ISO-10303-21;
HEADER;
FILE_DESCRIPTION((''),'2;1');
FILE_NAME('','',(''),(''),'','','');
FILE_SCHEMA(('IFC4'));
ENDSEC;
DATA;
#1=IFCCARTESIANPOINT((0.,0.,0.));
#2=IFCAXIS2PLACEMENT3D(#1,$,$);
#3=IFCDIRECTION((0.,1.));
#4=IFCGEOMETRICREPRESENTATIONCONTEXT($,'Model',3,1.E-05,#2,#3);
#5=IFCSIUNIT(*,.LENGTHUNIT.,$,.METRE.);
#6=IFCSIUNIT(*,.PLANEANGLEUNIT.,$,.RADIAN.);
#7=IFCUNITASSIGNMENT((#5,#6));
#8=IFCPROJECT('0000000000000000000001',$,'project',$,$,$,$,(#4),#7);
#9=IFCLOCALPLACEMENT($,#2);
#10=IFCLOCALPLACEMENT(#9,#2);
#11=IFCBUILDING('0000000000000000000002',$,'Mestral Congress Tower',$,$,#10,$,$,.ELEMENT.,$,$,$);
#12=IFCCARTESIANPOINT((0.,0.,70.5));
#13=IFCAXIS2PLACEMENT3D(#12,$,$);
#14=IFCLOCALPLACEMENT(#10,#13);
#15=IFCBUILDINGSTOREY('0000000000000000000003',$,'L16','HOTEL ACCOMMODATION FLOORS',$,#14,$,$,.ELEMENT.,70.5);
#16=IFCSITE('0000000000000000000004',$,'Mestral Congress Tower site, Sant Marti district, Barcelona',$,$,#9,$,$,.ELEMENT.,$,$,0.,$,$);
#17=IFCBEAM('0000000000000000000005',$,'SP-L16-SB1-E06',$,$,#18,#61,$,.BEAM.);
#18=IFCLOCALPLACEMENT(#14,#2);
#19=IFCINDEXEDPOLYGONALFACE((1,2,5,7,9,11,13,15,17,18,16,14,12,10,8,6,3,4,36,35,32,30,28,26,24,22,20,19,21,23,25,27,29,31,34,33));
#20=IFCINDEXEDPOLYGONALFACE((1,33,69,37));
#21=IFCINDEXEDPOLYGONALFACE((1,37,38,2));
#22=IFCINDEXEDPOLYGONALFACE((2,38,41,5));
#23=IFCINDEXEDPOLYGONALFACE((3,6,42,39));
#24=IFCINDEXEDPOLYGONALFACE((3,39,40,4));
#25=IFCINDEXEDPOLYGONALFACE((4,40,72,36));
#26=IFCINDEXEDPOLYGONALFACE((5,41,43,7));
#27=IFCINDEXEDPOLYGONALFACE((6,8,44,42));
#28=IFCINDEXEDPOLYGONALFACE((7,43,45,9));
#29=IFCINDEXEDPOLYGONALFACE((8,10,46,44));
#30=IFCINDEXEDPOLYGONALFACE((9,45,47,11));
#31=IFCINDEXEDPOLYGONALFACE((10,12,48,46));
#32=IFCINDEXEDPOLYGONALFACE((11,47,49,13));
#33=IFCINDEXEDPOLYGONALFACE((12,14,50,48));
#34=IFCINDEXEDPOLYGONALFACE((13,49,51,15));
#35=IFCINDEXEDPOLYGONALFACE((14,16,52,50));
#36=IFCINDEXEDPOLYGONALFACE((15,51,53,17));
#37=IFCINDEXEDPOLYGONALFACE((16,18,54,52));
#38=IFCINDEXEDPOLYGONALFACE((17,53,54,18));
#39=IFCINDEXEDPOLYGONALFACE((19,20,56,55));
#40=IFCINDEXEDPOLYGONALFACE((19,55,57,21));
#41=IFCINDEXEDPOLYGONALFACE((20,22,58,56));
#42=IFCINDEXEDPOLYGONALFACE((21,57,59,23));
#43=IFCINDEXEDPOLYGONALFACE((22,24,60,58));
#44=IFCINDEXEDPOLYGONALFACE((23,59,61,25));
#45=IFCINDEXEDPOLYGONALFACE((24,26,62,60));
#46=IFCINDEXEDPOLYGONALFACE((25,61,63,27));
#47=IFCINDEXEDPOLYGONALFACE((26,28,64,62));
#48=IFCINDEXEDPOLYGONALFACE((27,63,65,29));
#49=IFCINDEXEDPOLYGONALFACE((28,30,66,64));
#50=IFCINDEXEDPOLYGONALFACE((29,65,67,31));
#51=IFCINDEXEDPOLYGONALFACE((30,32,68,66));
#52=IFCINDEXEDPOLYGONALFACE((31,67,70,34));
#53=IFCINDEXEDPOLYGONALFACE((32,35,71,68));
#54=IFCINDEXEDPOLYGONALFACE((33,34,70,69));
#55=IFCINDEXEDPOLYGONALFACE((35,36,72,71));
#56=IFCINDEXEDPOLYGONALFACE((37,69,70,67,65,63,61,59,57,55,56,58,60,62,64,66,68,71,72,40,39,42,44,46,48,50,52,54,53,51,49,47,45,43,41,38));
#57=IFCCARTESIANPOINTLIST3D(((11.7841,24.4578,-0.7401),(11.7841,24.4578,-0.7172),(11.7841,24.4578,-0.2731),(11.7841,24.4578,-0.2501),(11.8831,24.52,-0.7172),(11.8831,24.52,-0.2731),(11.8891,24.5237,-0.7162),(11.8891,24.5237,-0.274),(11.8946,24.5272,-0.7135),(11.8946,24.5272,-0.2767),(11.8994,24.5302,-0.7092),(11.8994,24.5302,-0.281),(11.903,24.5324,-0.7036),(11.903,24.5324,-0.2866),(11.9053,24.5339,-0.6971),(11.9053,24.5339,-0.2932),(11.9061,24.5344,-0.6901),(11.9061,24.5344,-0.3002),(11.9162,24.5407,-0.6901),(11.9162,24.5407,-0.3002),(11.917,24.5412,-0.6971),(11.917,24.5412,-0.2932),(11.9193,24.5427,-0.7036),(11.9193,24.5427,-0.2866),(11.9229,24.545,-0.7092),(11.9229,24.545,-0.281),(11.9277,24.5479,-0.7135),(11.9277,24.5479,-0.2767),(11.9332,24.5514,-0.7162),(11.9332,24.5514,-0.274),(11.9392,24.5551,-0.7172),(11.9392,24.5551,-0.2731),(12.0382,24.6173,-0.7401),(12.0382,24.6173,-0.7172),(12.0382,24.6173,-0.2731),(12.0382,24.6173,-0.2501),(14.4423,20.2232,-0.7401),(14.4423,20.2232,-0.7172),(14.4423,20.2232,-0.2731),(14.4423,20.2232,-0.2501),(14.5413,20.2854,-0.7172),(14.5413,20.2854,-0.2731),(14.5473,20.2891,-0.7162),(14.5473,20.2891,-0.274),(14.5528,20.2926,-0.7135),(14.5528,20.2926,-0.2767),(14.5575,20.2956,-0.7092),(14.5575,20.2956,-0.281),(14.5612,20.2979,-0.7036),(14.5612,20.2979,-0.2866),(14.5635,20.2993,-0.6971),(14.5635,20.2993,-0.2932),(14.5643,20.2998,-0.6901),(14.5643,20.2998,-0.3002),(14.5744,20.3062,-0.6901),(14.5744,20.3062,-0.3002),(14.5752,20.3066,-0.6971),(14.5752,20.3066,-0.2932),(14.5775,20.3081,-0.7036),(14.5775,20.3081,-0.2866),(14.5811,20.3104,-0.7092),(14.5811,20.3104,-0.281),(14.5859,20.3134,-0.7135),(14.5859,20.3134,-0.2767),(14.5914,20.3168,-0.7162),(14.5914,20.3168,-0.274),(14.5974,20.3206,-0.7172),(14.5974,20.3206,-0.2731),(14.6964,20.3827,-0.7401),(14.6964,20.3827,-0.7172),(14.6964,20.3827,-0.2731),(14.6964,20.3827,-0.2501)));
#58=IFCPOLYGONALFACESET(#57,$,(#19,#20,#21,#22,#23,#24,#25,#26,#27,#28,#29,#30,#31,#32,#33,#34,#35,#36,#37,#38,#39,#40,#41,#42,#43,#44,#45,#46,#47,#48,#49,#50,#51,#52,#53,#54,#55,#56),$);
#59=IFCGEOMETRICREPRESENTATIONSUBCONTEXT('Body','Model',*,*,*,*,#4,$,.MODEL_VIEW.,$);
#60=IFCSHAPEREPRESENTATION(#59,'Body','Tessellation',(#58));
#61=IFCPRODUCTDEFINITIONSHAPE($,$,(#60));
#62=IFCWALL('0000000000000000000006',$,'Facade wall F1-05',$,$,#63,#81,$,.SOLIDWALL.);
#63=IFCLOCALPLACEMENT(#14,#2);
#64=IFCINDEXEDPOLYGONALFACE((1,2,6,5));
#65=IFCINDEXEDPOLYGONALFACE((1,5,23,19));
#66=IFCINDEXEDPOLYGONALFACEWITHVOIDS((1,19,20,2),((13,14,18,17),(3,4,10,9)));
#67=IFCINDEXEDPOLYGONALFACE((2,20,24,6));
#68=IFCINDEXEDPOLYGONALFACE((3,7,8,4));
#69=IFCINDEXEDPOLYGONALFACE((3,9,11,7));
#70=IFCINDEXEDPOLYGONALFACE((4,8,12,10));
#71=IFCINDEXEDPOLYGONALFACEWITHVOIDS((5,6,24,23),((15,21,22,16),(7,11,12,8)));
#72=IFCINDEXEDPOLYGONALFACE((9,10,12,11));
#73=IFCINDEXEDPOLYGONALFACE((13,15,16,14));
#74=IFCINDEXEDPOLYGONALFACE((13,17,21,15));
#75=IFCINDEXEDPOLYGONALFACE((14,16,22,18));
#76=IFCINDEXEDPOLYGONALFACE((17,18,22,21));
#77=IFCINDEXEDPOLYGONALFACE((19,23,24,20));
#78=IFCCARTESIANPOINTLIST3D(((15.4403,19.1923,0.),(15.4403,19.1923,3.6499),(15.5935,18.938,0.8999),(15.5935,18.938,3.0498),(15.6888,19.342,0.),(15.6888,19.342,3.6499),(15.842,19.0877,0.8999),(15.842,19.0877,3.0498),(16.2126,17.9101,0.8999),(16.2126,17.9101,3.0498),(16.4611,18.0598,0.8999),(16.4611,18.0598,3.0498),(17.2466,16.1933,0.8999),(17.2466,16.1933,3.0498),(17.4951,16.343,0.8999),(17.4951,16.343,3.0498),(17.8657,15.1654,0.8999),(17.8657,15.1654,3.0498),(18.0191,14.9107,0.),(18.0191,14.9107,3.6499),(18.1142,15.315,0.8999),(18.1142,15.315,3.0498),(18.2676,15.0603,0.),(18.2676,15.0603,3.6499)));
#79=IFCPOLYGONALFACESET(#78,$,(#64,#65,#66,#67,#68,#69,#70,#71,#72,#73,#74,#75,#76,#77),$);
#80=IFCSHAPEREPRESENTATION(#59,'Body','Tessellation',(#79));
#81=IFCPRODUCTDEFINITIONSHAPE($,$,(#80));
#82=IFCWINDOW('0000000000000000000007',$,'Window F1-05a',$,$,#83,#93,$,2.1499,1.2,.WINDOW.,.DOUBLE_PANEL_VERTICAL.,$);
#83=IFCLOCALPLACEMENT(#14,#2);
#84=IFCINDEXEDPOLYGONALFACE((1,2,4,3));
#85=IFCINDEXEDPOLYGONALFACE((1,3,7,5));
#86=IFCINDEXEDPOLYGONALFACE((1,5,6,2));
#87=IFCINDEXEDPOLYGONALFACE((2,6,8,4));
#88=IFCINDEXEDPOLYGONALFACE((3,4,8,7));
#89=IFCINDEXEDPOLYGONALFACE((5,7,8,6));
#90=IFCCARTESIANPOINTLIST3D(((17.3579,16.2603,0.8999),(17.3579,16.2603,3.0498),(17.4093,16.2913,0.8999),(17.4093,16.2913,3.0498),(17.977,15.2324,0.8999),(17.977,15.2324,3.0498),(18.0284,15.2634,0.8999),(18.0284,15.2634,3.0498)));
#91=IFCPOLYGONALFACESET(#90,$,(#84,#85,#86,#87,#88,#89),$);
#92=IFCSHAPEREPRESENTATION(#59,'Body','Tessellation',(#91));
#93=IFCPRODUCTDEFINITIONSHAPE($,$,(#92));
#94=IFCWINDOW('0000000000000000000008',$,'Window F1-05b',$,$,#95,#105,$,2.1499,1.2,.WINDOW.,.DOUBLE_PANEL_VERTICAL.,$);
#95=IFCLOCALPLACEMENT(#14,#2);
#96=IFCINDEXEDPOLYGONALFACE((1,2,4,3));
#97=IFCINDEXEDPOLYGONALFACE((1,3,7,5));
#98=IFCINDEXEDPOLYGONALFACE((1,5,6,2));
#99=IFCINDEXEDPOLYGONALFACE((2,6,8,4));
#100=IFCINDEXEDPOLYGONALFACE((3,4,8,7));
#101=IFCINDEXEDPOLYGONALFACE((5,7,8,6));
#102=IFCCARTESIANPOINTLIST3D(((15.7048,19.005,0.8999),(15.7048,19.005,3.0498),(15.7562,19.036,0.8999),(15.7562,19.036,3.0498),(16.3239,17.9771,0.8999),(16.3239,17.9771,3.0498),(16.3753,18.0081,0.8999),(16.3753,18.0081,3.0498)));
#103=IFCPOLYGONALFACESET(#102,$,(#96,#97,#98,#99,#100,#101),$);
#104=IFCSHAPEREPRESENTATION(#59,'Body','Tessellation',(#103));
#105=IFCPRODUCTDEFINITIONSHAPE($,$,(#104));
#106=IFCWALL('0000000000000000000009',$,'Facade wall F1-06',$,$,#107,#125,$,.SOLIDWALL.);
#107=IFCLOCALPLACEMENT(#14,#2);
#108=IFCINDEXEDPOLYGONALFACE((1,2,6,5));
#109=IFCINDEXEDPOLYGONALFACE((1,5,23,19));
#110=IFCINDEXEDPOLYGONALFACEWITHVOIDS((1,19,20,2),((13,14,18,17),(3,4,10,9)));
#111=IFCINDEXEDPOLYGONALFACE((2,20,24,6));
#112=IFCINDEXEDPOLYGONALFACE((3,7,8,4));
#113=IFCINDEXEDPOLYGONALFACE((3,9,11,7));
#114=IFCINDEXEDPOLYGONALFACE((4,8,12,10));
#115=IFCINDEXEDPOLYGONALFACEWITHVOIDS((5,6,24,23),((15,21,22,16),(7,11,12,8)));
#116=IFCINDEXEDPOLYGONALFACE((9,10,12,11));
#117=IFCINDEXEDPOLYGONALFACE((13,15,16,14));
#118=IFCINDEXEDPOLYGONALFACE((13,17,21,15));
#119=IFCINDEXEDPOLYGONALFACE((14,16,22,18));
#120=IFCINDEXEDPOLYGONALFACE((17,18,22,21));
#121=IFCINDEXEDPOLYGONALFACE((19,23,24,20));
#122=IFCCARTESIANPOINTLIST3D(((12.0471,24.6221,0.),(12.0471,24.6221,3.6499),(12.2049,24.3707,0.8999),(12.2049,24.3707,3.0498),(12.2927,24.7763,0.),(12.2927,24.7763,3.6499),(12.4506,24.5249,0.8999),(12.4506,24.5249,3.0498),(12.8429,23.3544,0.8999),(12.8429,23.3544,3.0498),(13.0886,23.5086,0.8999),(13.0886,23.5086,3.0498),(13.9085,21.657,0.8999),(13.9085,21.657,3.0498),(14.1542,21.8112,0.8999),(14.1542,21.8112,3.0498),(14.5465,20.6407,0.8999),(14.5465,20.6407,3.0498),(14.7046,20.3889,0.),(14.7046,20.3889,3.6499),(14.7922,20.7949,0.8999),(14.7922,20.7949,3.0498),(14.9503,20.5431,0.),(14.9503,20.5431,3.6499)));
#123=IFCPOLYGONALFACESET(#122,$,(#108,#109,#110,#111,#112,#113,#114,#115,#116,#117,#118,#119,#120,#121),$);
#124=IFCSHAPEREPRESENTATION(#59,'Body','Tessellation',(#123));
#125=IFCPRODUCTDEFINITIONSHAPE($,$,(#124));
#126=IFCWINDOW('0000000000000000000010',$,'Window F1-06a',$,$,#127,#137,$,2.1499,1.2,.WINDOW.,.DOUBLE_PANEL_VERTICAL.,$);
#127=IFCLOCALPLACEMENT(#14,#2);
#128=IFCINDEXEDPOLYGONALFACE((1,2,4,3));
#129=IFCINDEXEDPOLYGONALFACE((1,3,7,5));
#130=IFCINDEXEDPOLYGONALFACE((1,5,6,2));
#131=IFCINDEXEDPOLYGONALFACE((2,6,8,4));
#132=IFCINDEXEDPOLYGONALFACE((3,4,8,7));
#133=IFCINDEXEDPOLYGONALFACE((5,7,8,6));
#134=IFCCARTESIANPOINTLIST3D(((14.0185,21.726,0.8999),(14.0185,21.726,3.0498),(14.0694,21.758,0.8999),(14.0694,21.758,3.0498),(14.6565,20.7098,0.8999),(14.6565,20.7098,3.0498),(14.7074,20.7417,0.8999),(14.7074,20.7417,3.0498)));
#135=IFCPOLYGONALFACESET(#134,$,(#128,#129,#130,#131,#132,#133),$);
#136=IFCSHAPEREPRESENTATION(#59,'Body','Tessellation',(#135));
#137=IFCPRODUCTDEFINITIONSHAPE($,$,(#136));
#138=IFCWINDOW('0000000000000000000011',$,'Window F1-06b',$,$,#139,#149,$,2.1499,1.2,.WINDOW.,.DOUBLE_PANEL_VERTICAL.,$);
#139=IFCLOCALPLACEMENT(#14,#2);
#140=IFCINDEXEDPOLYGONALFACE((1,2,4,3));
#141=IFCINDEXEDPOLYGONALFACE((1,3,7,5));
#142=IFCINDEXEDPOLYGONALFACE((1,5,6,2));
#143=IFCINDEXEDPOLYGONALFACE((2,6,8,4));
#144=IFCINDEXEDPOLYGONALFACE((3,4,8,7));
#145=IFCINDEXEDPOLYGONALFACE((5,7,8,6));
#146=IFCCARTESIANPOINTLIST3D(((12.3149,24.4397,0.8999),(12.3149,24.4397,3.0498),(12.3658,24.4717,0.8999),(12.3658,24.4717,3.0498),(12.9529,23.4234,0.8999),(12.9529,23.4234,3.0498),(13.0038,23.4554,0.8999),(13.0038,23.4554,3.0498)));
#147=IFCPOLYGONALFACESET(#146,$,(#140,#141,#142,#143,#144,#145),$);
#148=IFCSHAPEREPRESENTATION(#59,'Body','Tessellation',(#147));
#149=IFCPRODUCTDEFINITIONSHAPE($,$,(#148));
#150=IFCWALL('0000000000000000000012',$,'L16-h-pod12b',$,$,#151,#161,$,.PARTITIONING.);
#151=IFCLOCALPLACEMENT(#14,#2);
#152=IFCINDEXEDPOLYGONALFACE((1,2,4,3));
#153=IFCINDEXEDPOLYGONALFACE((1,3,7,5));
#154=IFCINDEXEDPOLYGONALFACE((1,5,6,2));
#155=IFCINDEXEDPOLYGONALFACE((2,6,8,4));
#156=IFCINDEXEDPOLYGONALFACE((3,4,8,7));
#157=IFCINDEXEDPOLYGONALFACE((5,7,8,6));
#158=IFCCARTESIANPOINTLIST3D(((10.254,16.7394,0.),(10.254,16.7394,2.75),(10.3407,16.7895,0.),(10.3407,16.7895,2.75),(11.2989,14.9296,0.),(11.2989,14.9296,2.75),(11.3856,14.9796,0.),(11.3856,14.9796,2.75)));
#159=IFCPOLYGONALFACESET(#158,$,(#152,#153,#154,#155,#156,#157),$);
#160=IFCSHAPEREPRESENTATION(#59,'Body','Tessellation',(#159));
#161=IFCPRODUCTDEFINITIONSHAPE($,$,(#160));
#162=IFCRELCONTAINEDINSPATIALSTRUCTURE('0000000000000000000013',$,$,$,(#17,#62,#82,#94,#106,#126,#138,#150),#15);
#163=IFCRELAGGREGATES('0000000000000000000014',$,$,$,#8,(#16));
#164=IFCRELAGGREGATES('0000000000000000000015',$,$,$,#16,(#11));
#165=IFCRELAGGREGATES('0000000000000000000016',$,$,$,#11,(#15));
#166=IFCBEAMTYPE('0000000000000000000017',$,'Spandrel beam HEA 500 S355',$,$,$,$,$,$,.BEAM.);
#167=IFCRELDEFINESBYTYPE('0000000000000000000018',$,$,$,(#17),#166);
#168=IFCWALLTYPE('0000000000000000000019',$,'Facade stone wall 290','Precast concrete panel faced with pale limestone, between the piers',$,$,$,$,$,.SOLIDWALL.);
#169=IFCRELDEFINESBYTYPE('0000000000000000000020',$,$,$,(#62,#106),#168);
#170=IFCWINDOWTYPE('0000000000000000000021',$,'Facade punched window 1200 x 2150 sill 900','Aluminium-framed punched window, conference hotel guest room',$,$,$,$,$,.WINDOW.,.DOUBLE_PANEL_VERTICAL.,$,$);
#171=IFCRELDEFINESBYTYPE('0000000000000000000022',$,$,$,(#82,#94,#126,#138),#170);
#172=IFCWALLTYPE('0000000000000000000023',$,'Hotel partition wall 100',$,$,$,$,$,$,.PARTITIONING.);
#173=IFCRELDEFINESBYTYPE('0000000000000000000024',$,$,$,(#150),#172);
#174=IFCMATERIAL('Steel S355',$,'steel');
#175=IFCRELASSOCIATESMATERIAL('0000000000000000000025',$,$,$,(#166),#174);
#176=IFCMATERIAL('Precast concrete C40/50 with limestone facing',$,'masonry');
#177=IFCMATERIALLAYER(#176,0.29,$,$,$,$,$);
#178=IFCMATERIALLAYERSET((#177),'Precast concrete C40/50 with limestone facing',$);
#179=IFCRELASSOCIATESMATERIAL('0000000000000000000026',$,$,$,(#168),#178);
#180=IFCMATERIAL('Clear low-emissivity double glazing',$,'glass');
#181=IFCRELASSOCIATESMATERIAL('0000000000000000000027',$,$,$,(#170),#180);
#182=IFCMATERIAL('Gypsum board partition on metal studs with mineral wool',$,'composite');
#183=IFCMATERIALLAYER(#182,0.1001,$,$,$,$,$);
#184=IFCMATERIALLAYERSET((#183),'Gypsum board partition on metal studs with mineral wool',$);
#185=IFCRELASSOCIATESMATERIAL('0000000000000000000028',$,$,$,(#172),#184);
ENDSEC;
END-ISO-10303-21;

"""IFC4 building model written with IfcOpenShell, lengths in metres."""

from ifc_helpers import new_model, si_unit, direction, frame, frame_2d, origin, origin_2d, place, context, subcontext, project, spatial, rectangle, i_section, extrude, material, layer, layer_set, material_profile, profile_set, type_object, element, fill, save


model = new_model("IFC4")

# Units and contexts
model_context = context("Model", 3, precision=1e-05, world=origin(), true_north=direction((0.0, 1.0)))
body_context = subcontext(model_context, "Body", "Model", "MODEL_VIEW")
ifc_project = project(units=[si_unit("LENGTHUNIT", "METRE"), si_unit("PLANEANGLEUNIT", "RADIAN")], contexts=[model_context])

# Site, building, storey
site_placement = place(None, origin())
site = spatial("IfcSite", under=ifc_project, at=site_placement, Name="Mestral Congress Tower site, Sant Marti district, Barcelona", CompositionType="ELEMENT", RefElevation=0.0)
building_placement = place(site_placement, origin())
building = spatial("IfcBuilding", under=site, at=building_placement, Name="Mestral Congress Tower", CompositionType="ELEMENT")
storey_placement = place(building_placement, frame((0.0, 0.0, 70.5)))
storey = spatial("IfcBuildingStorey", under=building, at=storey_placement, Name="L16", Description="HOTEL ACCOMMODATION FLOORS", CompositionType="ELEMENT", Elevation=70.5)

# Beam
ifc_material_1 = material(Name="Steel S355", Category="steel")
ifc_material_profile_1 = material_profile(ifc_material_1, i_section(OverallWidth=0.3, OverallDepth=0.49, WebThickness=0.012, FlangeThickness=0.0229, FilletRadius=0.0271, at=origin_2d()), Name="HEA 500")
ifc_profile_set_1 = profile_set([ifc_material_profile_1], Name="Steel S355")
beam_type_1 = type_object("IfcBeamType", Name="Spandrel beam HEA 500 S355", PredefinedType="BEAM", material=ifc_profile_set_1)
for number, where, z_axis, x_axis, name in (
    (1, (14.5693, 20.303, -0.4951), (-0.531661, 0.846957, 0.0), (-0.846957, -0.531661, 0.0), "SP-L16-SB1-E06"),
):
    element("IfcBeam", number, at=place(storey_placement, frame(where, z_axis=z_axis, x_axis=x_axis)), inside=storey, type_object=beam_type_1, Name=name, PredefinedType="BEAM", context=body_context, shape_type="SweptSolid", body=[
        extrude(i_section(OverallWidth=0.3, OverallDepth=0.49, WebThickness=0.012, FlangeThickness=0.0229, FilletRadius=0.0271, at=origin_2d()), origin(), (0.0, 0.0, 1.0), 4.9998),
    ])

# Walls, openings, windows
ifc_material_2 = material(Name="Precast concrete C40/50 with limestone facing", Category="masonry")
ifc_layer_1 = layer(ifc_material_2, 0.29)
ifc_layer_set_1 = layer_set([ifc_layer_1], Name="Precast concrete C40/50 with limestone facing")
wall_type_1 = type_object("IfcWallType", Name="Facade stone wall 290", Description="Precast concrete panel faced with pale limestone, between the piers", PredefinedType="SOLIDWALL", material=ifc_layer_set_1)
wall_1_placement = place(storey_placement, frame((18.1433, 14.9856, 0.0), z_axis=(0.0, 0.0, 1.0), x_axis=(-0.515939, 0.856625, 0.0)))
wall_1 = element("IfcWall", 2, at=wall_1_placement, inside=storey, type_object=wall_type_1, Name="Facade wall F1-05", PredefinedType="SOLIDWALL", context=body_context, shape_type="SweptSolid", body=[
    extrude(rectangle(XDim=4.9983, YDim=0.29, at=frame_2d((2.499, 0.0))), origin(), (0.0, 0.0, 1.0), 3.6499),
])
opening_1_placement = place(wall_1_placement, frame((0.2971, 0.0, 0.8999)))
opening_1 = element("IfcOpeningElement", 3, at=opening_1_placement, cuts=wall_1, PredefinedType="OPENING", context=body_context, shape_type="SweptSolid", body=[
    extrude(rectangle(XDim=1.2, YDim=2.1499, at=frame_2d((0.6001, 1.075))), frame((0.0, 0.155, 0.0), z_axis=(0.0, -1.0, 0.0), x_axis=(1.0, 0.0, 0.0)), (0.0, 0.0, 1.0), 0.3101),
])
opening_2_placement = place(wall_1_placement, frame((3.5012, 0.0, 0.8999)))
opening_2 = element("IfcOpeningElement", 4, at=opening_2_placement, cuts=wall_1, PredefinedType="OPENING", context=body_context, shape_type="SweptSolid", body=[
    extrude(rectangle(XDim=1.2, YDim=2.1499, at=frame_2d((0.6001, 1.075))), frame((0.0, 0.155, 0.0), z_axis=(0.0, -1.0, 0.0), x_axis=(1.0, 0.0, 0.0)), (0.0, 0.0, 1.0), 0.3101),
])
ifc_material_3 = material(Name="Clear low-emissivity double glazing", Category="glass")
window_type = type_object("IfcWindowType", Name="Facade punched window 1200 x 2150 sill 900", Description="Aluminium-framed punched window, conference hotel guest room", PartitioningType="DOUBLE_PANEL_VERTICAL", PredefinedType="WINDOW", material=ifc_material_3)
window_1_placement = place(opening_1_placement, origin())
window_1 = element("IfcWindow", 5, at=window_1_placement, inside=storey, type_object=window_type, Name="Window F1-05a", OverallHeight=2.1499, OverallWidth=1.2, PartitioningType="DOUBLE_PANEL_VERTICAL", PredefinedType="WINDOW", context=body_context, shape_type="SweptSolid", body=[
    extrude(rectangle(XDim=1.2, YDim=2.1499, at=frame_2d((0.6001, 1.075))), frame((0.0, 0.0151, 0.0), z_axis=(0.0, -1.0, 0.0), x_axis=(1.0, 0.0, 0.0)), (0.0, 0.0, 1.0), 0.0601),
])
fill(opening_1, window_1)
window_2_placement = place(opening_2_placement, origin())
window_2 = element("IfcWindow", 6, at=window_2_placement, inside=storey, type_object=window_type, Name="Window F1-05b", OverallHeight=2.1499, OverallWidth=1.2, PartitioningType="DOUBLE_PANEL_VERTICAL", PredefinedType="WINDOW", context=body_context, shape_type="SweptSolid", body=[
    extrude(rectangle(XDim=1.2, YDim=2.1499, at=frame_2d((0.6001, 1.075))), frame((0.0, 0.0151, 0.0), z_axis=(0.0, -1.0, 0.0), x_axis=(1.0, 0.0, 0.0)), (0.0, 0.0, 1.0), 0.0601),
])
fill(opening_2, window_2)
wall_2_placement = place(storey_placement, frame((14.8274, 20.4661, 0.0), z_axis=(0.0, 0.0, 1.0), x_axis=(-0.531688, 0.84694, 0.0)))
wall_2 = element("IfcWall", 7, at=wall_2_placement, inside=storey, type_object=wall_type_1, Name="Facade wall F1-06", PredefinedType="SOLIDWALL", context=body_context, shape_type="SweptSolid", body=[
    extrude(rectangle(XDim=4.9983, YDim=0.29, at=frame_2d((2.499, 0.0))), origin(), (0.0, 0.0, 1.0), 3.6499),
])
opening_3_placement = place(wall_2_placement, frame((0.2971, 0.0, 0.8999)))
opening_3 = element("IfcOpeningElement", 8, at=opening_3_placement, cuts=wall_2, PredefinedType="OPENING", context=body_context, shape_type="SweptSolid", body=[
    extrude(rectangle(XDim=1.2, YDim=2.1499, at=frame_2d((0.6001, 1.075))), frame((0.0, 0.155, 0.0), z_axis=(0.0, -1.0, 0.0), x_axis=(1.0, 0.0, 0.0)), (0.0, 0.0, 1.0), 0.3101),
])
opening_4_placement = place(wall_2_placement, frame((3.5012, 0.0, 0.8999)))
opening_4 = element("IfcOpeningElement", 9, at=opening_4_placement, cuts=wall_2, PredefinedType="OPENING", context=body_context, shape_type="SweptSolid", body=[
    extrude(rectangle(XDim=1.2, YDim=2.1499, at=frame_2d((0.6001, 1.075))), frame((0.0, 0.155, 0.0), z_axis=(0.0, -1.0, 0.0), x_axis=(1.0, 0.0, 0.0)), (0.0, 0.0, 1.0), 0.3101),
])
window_3_placement = place(opening_3_placement, origin())
window_3 = element("IfcWindow", 10, at=window_3_placement, inside=storey, type_object=window_type, Name="Window F1-06a", OverallHeight=2.1499, OverallWidth=1.2, PartitioningType="DOUBLE_PANEL_VERTICAL", PredefinedType="WINDOW", context=body_context, shape_type="SweptSolid", body=[
    extrude(rectangle(XDim=1.2, YDim=2.1499, at=frame_2d((0.6001, 1.075))), frame((0.0, 0.0151, 0.0), z_axis=(0.0, -1.0, 0.0), x_axis=(1.0, 0.0, 0.0)), (0.0, 0.0, 1.0), 0.0601),
])
fill(opening_3, window_3)
window_4_placement = place(opening_4_placement, origin())
window_4 = element("IfcWindow", 11, at=window_4_placement, inside=storey, type_object=window_type, Name="Window F1-06b", OverallHeight=2.1499, OverallWidth=1.2, PartitioningType="DOUBLE_PANEL_VERTICAL", PredefinedType="WINDOW", context=body_context, shape_type="SweptSolid", body=[
    extrude(rectangle(XDim=1.2, YDim=2.1499, at=frame_2d((0.6001, 1.075))), frame((0.0, 0.0151, 0.0), z_axis=(0.0, -1.0, 0.0), x_axis=(1.0, 0.0, 0.0)), (0.0, 0.0, 1.0), 0.0601),
])
fill(opening_4, window_4)

# Wall
ifc_material_4 = material(Name="Gypsum board partition on metal studs with mineral wool", Category="composite")
ifc_layer_2 = layer(ifc_material_4, 0.1001)
ifc_layer_set_2 = layer_set([ifc_layer_2], Name="Gypsum board partition on metal studs with mineral wool")
wall_type_2 = type_object("IfcWallType", Name="Hotel partition wall 100", PredefinedType="PARTITIONING", material=ifc_layer_set_2)
wall_3_placement = place(storey_placement, frame((11.3423, 14.9546, 0.0), z_axis=(0.0, 0.0, 1.0), x_axis=(-0.500009, 0.86602, 0.0)))
element("IfcWall", 12, at=wall_3_placement, inside=storey, type_object=wall_type_2, Name="L16-h-pod12b", PredefinedType="PARTITIONING", context=body_context, shape_type="SweptSolid", body=[
    extrude(rectangle(XDim=2.0898, YDim=0.1001, at=frame_2d((1.0449, 0.0))), origin(), (0.0, 0.0, 1.0), 2.75),
])

save(model, "model.ifc")
